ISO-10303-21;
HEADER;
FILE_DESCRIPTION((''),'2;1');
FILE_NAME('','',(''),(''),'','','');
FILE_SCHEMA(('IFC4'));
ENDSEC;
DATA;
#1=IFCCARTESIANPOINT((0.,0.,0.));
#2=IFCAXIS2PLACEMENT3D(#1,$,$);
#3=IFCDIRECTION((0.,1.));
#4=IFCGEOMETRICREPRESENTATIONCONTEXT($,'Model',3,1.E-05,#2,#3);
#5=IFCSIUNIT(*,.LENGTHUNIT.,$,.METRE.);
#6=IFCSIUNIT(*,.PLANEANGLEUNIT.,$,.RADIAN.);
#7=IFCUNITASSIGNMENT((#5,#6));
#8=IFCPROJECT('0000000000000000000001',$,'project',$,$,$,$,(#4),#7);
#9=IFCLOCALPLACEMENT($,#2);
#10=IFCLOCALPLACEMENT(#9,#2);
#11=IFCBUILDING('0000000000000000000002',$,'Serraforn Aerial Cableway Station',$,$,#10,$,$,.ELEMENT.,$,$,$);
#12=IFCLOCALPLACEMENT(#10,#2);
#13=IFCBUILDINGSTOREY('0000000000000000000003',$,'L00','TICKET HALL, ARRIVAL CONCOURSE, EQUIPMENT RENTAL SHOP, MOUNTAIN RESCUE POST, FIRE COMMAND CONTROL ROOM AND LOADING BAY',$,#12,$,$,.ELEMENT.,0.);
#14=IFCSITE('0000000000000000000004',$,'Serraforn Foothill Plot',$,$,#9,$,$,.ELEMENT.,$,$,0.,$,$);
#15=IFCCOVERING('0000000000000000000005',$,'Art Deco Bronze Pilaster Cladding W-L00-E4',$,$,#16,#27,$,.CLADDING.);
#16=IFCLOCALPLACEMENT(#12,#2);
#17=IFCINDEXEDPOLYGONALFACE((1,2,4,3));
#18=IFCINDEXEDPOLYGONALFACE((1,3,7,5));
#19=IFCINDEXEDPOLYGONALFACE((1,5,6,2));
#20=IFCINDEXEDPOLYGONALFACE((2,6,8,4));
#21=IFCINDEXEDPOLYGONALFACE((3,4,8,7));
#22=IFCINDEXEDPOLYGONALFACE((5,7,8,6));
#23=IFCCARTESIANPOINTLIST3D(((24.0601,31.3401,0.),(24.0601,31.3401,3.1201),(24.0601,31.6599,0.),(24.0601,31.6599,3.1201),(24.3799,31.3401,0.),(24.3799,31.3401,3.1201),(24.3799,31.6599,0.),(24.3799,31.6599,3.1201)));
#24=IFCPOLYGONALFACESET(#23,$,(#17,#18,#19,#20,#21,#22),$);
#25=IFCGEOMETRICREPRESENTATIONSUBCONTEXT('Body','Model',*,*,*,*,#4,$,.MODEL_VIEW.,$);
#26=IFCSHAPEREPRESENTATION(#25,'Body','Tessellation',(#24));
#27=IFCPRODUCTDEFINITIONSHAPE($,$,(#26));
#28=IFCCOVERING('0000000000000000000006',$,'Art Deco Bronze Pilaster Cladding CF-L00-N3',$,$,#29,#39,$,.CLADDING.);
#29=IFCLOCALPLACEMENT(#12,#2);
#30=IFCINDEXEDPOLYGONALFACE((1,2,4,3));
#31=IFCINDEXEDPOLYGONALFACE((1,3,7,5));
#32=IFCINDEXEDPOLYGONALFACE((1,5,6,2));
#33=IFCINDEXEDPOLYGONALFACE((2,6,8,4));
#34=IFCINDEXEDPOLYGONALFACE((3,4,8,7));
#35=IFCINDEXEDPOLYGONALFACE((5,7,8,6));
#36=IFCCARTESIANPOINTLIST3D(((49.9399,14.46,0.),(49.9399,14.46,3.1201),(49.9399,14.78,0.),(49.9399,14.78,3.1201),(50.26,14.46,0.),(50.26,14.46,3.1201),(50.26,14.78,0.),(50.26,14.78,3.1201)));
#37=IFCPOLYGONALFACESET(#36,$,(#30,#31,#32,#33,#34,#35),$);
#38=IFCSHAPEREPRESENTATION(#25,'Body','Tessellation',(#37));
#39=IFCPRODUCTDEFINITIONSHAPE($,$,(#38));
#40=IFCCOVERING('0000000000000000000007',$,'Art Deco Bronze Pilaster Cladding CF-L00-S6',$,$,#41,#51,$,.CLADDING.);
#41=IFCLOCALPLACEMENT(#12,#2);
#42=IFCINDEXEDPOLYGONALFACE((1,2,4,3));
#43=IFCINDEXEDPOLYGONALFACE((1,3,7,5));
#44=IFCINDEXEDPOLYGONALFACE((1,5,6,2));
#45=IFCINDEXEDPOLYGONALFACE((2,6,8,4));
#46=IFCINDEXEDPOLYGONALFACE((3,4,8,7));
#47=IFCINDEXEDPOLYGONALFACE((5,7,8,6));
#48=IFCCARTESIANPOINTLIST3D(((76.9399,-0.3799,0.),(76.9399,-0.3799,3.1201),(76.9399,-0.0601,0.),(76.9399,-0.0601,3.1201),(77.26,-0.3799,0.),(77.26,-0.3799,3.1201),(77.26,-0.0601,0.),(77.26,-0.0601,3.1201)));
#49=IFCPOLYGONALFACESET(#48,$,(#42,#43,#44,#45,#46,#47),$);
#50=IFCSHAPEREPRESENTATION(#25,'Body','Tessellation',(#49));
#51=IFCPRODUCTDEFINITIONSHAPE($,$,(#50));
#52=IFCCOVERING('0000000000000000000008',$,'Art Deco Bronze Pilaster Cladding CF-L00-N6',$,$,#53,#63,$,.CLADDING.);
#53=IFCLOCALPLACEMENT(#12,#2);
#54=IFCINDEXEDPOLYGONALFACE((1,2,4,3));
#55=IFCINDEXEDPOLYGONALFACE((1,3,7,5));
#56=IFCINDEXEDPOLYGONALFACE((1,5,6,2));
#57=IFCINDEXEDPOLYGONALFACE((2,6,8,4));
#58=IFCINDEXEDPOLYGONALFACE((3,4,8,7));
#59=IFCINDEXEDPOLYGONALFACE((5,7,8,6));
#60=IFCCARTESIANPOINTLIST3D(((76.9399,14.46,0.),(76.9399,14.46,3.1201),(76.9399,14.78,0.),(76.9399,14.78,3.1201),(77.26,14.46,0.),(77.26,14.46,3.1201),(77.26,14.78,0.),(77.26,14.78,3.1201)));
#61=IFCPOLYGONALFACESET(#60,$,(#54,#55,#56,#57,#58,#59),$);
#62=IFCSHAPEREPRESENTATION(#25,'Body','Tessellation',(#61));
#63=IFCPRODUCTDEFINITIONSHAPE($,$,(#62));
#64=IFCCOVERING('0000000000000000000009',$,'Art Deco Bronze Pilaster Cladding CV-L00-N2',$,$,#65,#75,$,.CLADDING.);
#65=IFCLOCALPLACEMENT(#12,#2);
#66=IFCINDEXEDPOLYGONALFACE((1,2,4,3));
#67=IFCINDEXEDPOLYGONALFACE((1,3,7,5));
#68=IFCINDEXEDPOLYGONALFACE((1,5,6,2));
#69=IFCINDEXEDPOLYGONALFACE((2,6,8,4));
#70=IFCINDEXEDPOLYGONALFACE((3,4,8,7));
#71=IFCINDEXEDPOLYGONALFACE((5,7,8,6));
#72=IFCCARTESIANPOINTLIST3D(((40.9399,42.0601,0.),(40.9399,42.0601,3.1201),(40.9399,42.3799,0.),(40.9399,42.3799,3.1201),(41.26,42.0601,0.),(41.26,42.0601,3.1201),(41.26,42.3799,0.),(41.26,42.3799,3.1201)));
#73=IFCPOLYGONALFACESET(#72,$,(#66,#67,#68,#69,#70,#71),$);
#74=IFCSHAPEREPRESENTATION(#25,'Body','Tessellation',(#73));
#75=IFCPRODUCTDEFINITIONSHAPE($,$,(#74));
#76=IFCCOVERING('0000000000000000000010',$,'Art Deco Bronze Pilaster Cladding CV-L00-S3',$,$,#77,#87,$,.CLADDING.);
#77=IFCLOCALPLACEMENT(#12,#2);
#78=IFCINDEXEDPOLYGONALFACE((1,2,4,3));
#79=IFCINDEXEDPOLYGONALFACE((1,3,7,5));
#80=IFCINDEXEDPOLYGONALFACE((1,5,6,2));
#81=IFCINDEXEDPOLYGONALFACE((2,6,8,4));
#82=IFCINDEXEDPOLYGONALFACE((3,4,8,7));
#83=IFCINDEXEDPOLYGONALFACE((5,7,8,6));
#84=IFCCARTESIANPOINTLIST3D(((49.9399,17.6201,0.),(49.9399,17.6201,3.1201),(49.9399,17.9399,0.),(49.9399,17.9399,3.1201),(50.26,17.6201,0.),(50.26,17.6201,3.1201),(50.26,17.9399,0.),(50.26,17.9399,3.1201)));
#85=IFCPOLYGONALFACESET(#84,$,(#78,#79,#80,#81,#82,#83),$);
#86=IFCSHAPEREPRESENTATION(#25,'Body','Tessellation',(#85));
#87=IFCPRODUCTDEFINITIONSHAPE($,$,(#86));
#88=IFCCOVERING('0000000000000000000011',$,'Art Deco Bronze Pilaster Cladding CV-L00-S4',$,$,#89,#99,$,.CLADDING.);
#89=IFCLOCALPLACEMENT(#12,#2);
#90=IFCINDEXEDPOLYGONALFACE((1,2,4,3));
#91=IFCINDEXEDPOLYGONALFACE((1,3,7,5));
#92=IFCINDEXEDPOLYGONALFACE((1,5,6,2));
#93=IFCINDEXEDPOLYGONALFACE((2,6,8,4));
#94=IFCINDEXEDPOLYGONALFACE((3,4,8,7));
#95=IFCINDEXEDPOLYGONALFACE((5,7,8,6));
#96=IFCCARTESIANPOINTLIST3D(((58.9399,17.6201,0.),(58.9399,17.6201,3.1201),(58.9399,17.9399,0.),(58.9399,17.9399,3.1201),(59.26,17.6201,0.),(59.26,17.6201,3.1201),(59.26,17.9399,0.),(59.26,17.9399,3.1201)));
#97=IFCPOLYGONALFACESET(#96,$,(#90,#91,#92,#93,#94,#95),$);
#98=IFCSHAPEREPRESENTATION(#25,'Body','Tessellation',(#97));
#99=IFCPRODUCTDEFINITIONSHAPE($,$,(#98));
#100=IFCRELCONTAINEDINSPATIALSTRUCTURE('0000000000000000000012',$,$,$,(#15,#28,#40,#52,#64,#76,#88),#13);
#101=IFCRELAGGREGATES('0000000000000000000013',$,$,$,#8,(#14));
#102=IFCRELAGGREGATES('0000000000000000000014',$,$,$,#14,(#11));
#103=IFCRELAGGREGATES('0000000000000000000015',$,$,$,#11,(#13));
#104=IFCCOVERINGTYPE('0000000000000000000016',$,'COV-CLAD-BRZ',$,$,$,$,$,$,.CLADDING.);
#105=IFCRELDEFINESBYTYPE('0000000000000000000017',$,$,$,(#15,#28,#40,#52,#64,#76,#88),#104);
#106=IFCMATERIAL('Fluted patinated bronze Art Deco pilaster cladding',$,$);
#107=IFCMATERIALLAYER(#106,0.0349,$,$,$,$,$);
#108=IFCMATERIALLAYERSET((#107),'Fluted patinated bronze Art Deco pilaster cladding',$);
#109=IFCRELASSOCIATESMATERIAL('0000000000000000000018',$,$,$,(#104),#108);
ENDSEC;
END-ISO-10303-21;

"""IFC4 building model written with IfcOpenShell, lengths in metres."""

from ifc_helpers import new_model, si_unit, direction, origin, place, context, subcontext, project, spatial, polyline, outline, extrude, material, layer, layer_set, type_object, element, save


model = new_model("IFC4")

# Units and contexts
model_context = context("Model", 3, precision=1e-05, world=origin(), true_north=direction((0.0, 1.0)))
body_context = subcontext(model_context, "Body", "Model", "MODEL_VIEW")
ifc_project = project(units=[si_unit("LENGTHUNIT", "METRE"), si_unit("PLANEANGLEUNIT", "RADIAN")], contexts=[model_context])

# Site, building, storey
site_placement = place(None, origin())
site = spatial("IfcSite", under=ifc_project, at=site_placement, Name="Serraforn Foothill Plot", CompositionType="ELEMENT", RefElevation=0.0)
building_placement = place(site_placement, origin())
building = spatial("IfcBuilding", under=site, at=building_placement, Name="Serraforn Aerial Cableway Station", CompositionType="ELEMENT")
storey_placement = place(building_placement, origin())
storey = spatial("IfcBuildingStorey", under=building, at=storey_placement, Name="L00", Description="TICKET HALL, ARRIVAL CONCOURSE, EQUIPMENT RENTAL SHOP, MOUNTAIN RESCUE POST, FIRE COMMAND CONTROL ROOM AND LOADING BAY", CompositionType="ELEMENT", Elevation=0.0)

# Coverings
ifc_material_1 = material(Name="Fluted patinated bronze Art Deco pilaster cladding")
ifc_layer_1 = layer(ifc_material_1, 0.0349)
ifc_layer_set_1 = layer_set([ifc_layer_1], Name="Fluted patinated bronze Art Deco pilaster cladding")
covering_type = type_object("IfcCoveringType", Name="COV-CLAD-BRZ", PredefinedType="CLADDING", material=ifc_layer_set_1)
covering_1_placement = place(storey_placement, origin())
element("IfcCovering", 1, at=covering_1_placement, inside=storey, type_object=covering_type, Name="Art Deco Bronze Pilaster Cladding W-L00-E4", PredefinedType="CLADDING", context=body_context, shape_type="SweptSolid", body=[
    extrude(outline(polyline([(24.0601, 31.3401), (24.3799, 31.3401), (24.3799, 31.6599), (24.0601, 31.6599), (24.0601, 31.3401)])), origin(), (0.0, 0.0, 1.0), 3.1201),
])
covering_2_placement = place(storey_placement, origin())
element("IfcCovering", 2, at=covering_2_placement, inside=storey, type_object=covering_type, Name="Art Deco Bronze Pilaster Cladding CF-L00-N3", PredefinedType="CLADDING", context=body_context, shape_type="SweptSolid", body=[
    extrude(outline(polyline([(49.9399, 14.46), (50.26, 14.46), (50.26, 14.78), (49.9399, 14.78), (49.9399, 14.46)])), origin(), (0.0, 0.0, 1.0), 3.1201),
])
covering_3_placement = place(storey_placement, origin())
element("IfcCovering", 3, at=covering_3_placement, inside=storey, type_object=covering_type, Name="Art Deco Bronze Pilaster Cladding CF-L00-S6", PredefinedType="CLADDING", context=body_context, shape_type="SweptSolid", body=[
    extrude(outline(polyline([(76.9399, -0.3799), (77.26, -0.3799), (77.26, -0.0601), (76.9399, -0.0601), (76.9399, -0.3799)])), origin(), (0.0, 0.0, 1.0), 3.1201),
])
covering_4_placement = place(storey_placement, origin())
element("IfcCovering", 4, at=covering_4_placement, inside=storey, type_object=covering_type, Name="Art Deco Bronze Pilaster Cladding CF-L00-N6", PredefinedType="CLADDING", context=body_context, shape_type="SweptSolid", body=[
    extrude(outline(polyline([(76.9399, 14.46), (77.26, 14.46), (77.26, 14.78), (76.9399, 14.78), (76.9399, 14.46)])), origin(), (0.0, 0.0, 1.0), 3.1201),
])
covering_5_placement = place(storey_placement, origin())
element("IfcCovering", 5, at=covering_5_placement, inside=storey, type_object=covering_type, Name="Art Deco Bronze Pilaster Cladding CV-L00-N2", PredefinedType="CLADDING", context=body_context, shape_type="SweptSolid", body=[
    extrude(outline(polyline([(40.9399, 42.0601), (41.26, 42.0601), (41.26, 42.3799), (40.9399, 42.3799), (40.9399, 42.0601)])), origin(), (0.0, 0.0, 1.0), 3.1201),
])
covering_6_placement = place(storey_placement, origin())
element("IfcCovering", 6, at=covering_6_placement, inside=storey, type_object=covering_type, Name="Art Deco Bronze Pilaster Cladding CV-L00-S3", PredefinedType="CLADDING", context=body_context, shape_type="SweptSolid", body=[
    extrude(outline(polyline([(49.9399, 17.6201), (50.26, 17.6201), (50.26, 17.9399), (49.9399, 17.9399), (49.9399, 17.6201)])), origin(), (0.0, 0.0, 1.0), 3.1201),
])
covering_7_placement = place(storey_placement, origin())
element("IfcCovering", 7, at=covering_7_placement, inside=storey, type_object=covering_type, Name="Art Deco Bronze Pilaster Cladding CV-L00-S4", PredefinedType="CLADDING", context=body_context, shape_type="SweptSolid", body=[
    extrude(outline(polyline([(58.9399, 17.6201), (59.26, 17.6201), (59.26, 17.9399), (58.9399, 17.9399), (58.9399, 17.6201)])), origin(), (0.0, 0.0, 1.0), 3.1201),
])

save(model, "model.ifc")
